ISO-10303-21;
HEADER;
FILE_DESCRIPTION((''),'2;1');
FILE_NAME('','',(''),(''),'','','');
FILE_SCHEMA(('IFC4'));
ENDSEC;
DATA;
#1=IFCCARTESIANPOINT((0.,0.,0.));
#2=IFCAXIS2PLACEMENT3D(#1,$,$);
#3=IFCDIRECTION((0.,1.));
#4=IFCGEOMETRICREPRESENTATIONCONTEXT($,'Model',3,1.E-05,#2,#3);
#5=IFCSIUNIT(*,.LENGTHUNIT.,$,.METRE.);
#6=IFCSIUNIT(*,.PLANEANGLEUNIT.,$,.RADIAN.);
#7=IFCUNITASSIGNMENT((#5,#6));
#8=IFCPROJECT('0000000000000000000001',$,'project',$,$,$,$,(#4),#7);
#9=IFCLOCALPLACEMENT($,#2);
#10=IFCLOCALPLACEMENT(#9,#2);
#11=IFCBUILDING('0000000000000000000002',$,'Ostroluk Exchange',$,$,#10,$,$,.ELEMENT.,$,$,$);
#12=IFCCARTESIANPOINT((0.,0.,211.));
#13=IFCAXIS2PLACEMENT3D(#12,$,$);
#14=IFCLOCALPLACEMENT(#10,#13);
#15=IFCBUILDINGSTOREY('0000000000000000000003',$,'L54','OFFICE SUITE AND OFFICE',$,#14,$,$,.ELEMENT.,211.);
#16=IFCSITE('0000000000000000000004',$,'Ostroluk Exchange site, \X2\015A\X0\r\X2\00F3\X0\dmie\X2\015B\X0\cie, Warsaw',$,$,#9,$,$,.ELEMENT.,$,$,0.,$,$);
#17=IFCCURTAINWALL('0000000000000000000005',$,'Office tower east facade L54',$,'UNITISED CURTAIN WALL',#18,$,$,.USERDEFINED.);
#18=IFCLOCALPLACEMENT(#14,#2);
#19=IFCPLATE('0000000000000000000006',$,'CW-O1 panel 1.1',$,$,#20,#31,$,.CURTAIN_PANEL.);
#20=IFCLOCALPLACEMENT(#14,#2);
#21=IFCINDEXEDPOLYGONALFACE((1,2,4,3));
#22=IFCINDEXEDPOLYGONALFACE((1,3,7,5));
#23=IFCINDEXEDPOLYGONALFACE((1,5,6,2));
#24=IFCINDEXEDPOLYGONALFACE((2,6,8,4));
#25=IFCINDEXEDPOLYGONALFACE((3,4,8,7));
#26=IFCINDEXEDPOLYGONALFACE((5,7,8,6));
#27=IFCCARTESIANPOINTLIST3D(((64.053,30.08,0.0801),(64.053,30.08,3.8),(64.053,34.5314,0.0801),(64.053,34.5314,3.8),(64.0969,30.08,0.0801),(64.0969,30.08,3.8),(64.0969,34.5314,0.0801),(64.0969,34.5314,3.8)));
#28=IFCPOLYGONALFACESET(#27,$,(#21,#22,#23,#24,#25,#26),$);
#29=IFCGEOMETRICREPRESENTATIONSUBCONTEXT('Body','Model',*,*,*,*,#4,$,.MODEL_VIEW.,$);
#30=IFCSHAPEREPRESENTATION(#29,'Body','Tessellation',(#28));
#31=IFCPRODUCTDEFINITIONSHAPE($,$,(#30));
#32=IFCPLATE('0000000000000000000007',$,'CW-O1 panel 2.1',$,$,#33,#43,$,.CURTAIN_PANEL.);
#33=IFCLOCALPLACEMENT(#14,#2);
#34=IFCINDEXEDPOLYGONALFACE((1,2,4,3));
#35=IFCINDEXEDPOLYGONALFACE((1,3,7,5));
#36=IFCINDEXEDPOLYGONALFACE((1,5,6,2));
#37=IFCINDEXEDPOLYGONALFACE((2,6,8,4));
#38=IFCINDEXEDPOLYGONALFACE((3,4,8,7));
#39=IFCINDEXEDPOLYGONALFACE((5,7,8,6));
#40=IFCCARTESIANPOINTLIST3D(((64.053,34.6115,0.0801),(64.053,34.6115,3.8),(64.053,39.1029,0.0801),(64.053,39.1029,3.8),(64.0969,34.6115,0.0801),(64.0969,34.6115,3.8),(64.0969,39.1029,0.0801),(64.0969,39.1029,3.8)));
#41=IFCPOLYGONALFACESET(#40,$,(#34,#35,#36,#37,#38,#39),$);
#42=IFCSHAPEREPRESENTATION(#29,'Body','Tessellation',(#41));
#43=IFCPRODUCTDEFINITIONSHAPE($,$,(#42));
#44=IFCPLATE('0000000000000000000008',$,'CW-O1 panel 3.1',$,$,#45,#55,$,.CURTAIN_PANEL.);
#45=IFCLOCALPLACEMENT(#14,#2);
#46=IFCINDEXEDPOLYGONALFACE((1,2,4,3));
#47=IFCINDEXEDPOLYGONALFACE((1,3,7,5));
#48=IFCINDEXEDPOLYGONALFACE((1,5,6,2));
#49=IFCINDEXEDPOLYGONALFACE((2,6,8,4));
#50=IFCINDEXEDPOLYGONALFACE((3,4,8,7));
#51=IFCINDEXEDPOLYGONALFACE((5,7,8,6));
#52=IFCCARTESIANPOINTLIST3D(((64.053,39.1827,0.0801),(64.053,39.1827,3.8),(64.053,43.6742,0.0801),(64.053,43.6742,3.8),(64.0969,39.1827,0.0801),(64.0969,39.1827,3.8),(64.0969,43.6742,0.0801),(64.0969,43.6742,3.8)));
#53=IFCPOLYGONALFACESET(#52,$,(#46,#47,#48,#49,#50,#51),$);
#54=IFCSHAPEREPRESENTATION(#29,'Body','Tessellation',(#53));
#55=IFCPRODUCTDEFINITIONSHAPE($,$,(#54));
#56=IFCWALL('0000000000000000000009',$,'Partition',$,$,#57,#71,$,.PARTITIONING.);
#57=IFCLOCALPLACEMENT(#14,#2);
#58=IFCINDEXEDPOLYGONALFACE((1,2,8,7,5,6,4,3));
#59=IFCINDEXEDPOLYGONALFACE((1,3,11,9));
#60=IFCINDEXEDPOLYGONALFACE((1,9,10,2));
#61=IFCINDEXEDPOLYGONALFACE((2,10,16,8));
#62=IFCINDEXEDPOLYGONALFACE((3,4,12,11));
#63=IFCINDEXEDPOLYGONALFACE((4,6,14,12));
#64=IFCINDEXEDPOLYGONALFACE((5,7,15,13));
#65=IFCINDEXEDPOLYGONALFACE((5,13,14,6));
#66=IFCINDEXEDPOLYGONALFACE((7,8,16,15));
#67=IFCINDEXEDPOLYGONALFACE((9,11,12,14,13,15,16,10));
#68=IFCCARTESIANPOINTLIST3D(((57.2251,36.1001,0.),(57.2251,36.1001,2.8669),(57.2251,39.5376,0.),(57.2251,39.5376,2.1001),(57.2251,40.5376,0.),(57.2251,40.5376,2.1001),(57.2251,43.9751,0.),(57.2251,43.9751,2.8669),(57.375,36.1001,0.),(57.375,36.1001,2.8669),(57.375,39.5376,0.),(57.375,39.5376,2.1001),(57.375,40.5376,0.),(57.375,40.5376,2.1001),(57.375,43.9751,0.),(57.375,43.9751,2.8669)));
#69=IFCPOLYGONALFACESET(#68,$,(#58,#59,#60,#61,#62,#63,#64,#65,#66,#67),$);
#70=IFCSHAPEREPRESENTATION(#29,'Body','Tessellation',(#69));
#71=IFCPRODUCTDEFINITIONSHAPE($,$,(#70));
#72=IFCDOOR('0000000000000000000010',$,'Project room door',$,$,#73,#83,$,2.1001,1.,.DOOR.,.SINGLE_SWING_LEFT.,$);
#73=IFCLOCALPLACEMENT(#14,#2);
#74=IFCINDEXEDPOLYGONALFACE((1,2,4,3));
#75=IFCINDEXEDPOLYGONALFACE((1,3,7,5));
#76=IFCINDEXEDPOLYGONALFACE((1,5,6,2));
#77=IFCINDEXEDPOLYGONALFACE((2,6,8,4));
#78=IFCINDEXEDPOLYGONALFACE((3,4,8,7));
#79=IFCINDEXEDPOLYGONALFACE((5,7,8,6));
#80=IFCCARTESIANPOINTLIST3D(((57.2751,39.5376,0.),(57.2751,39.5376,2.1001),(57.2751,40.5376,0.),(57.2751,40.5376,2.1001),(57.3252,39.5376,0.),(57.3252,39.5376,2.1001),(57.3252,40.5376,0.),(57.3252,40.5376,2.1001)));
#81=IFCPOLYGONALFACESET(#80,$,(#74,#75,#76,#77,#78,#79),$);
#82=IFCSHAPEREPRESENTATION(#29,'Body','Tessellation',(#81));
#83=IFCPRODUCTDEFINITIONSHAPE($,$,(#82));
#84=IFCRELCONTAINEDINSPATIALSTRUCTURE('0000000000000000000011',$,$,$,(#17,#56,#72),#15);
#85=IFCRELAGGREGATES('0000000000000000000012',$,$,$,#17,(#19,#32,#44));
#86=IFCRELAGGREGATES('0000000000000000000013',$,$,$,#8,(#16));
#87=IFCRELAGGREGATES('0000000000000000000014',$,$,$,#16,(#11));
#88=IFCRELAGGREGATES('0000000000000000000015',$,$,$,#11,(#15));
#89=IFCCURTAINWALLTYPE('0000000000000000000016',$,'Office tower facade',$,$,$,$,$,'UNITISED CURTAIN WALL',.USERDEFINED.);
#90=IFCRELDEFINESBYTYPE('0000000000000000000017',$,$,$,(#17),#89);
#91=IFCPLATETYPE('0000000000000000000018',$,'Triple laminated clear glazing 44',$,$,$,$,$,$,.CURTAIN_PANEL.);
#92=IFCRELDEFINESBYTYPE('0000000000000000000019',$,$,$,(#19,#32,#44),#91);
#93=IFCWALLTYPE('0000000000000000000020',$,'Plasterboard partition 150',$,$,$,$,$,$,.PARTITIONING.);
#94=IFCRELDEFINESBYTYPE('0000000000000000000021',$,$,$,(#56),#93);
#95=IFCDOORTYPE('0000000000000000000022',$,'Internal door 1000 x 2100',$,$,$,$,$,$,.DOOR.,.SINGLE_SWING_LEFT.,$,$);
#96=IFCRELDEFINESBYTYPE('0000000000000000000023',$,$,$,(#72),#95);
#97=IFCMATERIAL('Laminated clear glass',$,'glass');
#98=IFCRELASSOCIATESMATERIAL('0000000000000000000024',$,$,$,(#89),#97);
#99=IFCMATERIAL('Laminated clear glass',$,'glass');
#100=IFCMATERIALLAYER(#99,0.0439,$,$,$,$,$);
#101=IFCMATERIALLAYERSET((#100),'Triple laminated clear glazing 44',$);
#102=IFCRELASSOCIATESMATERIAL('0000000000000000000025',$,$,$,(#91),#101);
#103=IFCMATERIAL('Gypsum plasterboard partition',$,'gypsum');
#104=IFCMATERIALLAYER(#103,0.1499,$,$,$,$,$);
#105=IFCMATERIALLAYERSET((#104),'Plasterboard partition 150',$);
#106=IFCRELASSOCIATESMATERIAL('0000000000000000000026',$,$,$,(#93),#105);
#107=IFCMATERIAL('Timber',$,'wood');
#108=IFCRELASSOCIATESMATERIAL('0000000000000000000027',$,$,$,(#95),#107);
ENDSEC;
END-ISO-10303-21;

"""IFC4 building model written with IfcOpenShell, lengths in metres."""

from ifc_helpers import new_model, si_unit, direction, frame, frame_2d, origin, origin_2d, place, context, subcontext, project, spatial, rectangle, extrude, material, layer, layer_set, type_object, element, fill, aggregate, save


model = new_model("IFC4")

# Units and contexts
model_context = context("Model", 3, precision=1e-05, world=origin(), true_north=direction((0.0, 1.0)))
body_context = subcontext(model_context, "Body", "Model", "MODEL_VIEW")
ifc_project = project(units=[si_unit("LENGTHUNIT", "METRE"), si_unit("PLANEANGLEUNIT", "RADIAN")], contexts=[model_context])

# Site, building, storey
site_placement = place(None, origin())
site = spatial("IfcSite", under=ifc_project, at=site_placement, Name="Ostroluk Exchange site, Śródmieście, Warsaw", CompositionType="ELEMENT", RefElevation=0.0)
building_placement = place(site_placement, origin())
building = spatial("IfcBuilding", under=site, at=building_placement, Name="Ostroluk Exchange", CompositionType="ELEMENT")
storey_placement = place(building_placement, frame((0.0, 0.0, 211.0)))
storey = spatial("IfcBuildingStorey", under=building, at=storey_placement, Name="L54", Description="OFFICE SUITE AND OFFICE", CompositionType="ELEMENT", Elevation=211.0)

# Curtain wall, plates
ifc_material_1 = material(Name="Laminated clear glass", Category="glass")
curtain_wall_type = type_object("IfcCurtainWallType", Name="Office tower facade", ElementType="UNITISED CURTAIN WALL", PredefinedType="USERDEFINED", material=ifc_material_1)
curtain_wall_placement = place(storey_placement, origin())
curtain_wall = element("IfcCurtainWall", 1, at=curtain_wall_placement, inside=storey, type_object=curtain_wall_type, Name="Office tower east facade L54", ObjectType="UNITISED CURTAIN WALL", PredefinedType="USERDEFINED")
ifc_material_2 = material(Name="Laminated clear glass", Category="glass")
ifc_layer_1 = layer(ifc_material_2, 0.0439)
ifc_layer_set_1 = layer_set([ifc_layer_1], Name="Triple laminated clear glazing 44")
plate_type = type_object("IfcPlateType", Name="Triple laminated clear glazing 44", PredefinedType="CURTAIN_PANEL", material=ifc_layer_set_1)
plate_1_placement = place(storey_placement, frame((64.075, 32.3057, 0.0801), z_axis=(0.0, 0.0, 1.0), x_axis=(0.0, 1.0, 0.0)))
plate_1 = element("IfcPlate", 2, at=plate_1_placement, type_object=plate_type, Name="CW-O1 panel 1.1", PredefinedType="CURTAIN_PANEL", context=body_context, shape_type="SweptSolid", body=[
    extrude(rectangle(XDim=4.4514, YDim=0.0439, at=origin_2d()), origin(), (0.0, 0.0, 1.0), 3.72),
])
plate_2_placement = place(storey_placement, frame((64.075, 36.8572, 0.0801), z_axis=(0.0, 0.0, 1.0), x_axis=(0.0, 1.0, 0.0)))
plate_2 = element("IfcPlate", 3, at=plate_2_placement, type_object=plate_type, Name="CW-O1 panel 2.1", PredefinedType="CURTAIN_PANEL", context=body_context, shape_type="SweptSolid", body=[
    extrude(rectangle(XDim=4.4915, YDim=0.0439, at=origin_2d()), origin(), (0.0, 0.0, 1.0), 3.72),
])
plate_3_placement = place(storey_placement, frame((64.075, 41.4285, 0.0801), z_axis=(0.0, 0.0, 1.0), x_axis=(0.0, 1.0, 0.0)))
plate_3 = element("IfcPlate", 4, at=plate_3_placement, type_object=plate_type, Name="CW-O1 panel 3.1", PredefinedType="CURTAIN_PANEL", context=body_context, shape_type="SweptSolid", body=[
    extrude(rectangle(XDim=4.4915, YDim=0.0439, at=origin_2d()), origin(), (0.0, 0.0, 1.0), 3.72),
])
aggregate(curtain_wall, [plate_1, plate_2, plate_3])

# Wall, opening, door
ifc_material_3 = material(Name="Gypsum plasterboard partition", Category="gypsum")
ifc_layer_2 = layer(ifc_material_3, 0.1499)
ifc_layer_set_2 = layer_set([ifc_layer_2], Name="Plasterboard partition 150")
wall_type = type_object("IfcWallType", Name="Plasterboard partition 150", PredefinedType="PARTITIONING", material=ifc_layer_set_2)
wall_1_placement = place(storey_placement, frame((57.3, 36.1001, 0.0), z_axis=(0.0, 0.0, 1.0), x_axis=(0.0, 1.0, 0.0)))
wall_1 = element("IfcWall", 5, at=wall_1_placement, inside=storey, type_object=wall_type, Name="Partition", PredefinedType="PARTITIONING", context=body_context, shape_type="SweptSolid", body=[
    extrude(rectangle(XDim=7.875, YDim=0.1499, at=frame_2d((3.9375, 0.0))), origin(), (0.0, 0.0, 1.0), 2.8669),
])
opening_1_placement = place(wall_1_placement, frame((3.4375, 0.0, 0.0)))
opening_1 = element("IfcOpeningElement", 6, at=opening_1_placement, cuts=wall_1, PredefinedType="OPENING", context=body_context, shape_type="SweptSolid", body=[
    extrude(rectangle(XDim=1.0, YDim=2.1001, at=frame_2d((0.5, 1.05))), frame((0.0, 0.085, 0.0), z_axis=(0.0, -1.0, 0.0), x_axis=(1.0, 0.0, 0.0)), (0.0, 0.0, 1.0), 0.1699),
])
ifc_material_4 = material(Name="Timber", Category="wood")
door_type = type_object("IfcDoorType", Name="Internal door 1000 x 2100", OperationType="SINGLE_SWING_LEFT", PredefinedType="DOOR", material=ifc_material_4)
door_1_placement = place(opening_1_placement, origin())
door_1 = element("IfcDoor", 7, at=door_1_placement, inside=storey, type_object=door_type, Name="Project room door", OperationType="SINGLE_SWING_LEFT", OverallHeight=2.1001, OverallWidth=1.0, PredefinedType="DOOR", context=body_context, shape_type="SweptSolid", body=[
    extrude(rectangle(XDim=1.0, YDim=2.1001, at=frame_2d((0.5, 1.05))), frame((0.0, 0.0249, 0.0), z_axis=(0.0, -1.0, 0.0), x_axis=(1.0, 0.0, 0.0)), (0.0, 0.0, 1.0), 0.05),
])
fill(opening_1, door_1)

save(model, "model.ifc")
